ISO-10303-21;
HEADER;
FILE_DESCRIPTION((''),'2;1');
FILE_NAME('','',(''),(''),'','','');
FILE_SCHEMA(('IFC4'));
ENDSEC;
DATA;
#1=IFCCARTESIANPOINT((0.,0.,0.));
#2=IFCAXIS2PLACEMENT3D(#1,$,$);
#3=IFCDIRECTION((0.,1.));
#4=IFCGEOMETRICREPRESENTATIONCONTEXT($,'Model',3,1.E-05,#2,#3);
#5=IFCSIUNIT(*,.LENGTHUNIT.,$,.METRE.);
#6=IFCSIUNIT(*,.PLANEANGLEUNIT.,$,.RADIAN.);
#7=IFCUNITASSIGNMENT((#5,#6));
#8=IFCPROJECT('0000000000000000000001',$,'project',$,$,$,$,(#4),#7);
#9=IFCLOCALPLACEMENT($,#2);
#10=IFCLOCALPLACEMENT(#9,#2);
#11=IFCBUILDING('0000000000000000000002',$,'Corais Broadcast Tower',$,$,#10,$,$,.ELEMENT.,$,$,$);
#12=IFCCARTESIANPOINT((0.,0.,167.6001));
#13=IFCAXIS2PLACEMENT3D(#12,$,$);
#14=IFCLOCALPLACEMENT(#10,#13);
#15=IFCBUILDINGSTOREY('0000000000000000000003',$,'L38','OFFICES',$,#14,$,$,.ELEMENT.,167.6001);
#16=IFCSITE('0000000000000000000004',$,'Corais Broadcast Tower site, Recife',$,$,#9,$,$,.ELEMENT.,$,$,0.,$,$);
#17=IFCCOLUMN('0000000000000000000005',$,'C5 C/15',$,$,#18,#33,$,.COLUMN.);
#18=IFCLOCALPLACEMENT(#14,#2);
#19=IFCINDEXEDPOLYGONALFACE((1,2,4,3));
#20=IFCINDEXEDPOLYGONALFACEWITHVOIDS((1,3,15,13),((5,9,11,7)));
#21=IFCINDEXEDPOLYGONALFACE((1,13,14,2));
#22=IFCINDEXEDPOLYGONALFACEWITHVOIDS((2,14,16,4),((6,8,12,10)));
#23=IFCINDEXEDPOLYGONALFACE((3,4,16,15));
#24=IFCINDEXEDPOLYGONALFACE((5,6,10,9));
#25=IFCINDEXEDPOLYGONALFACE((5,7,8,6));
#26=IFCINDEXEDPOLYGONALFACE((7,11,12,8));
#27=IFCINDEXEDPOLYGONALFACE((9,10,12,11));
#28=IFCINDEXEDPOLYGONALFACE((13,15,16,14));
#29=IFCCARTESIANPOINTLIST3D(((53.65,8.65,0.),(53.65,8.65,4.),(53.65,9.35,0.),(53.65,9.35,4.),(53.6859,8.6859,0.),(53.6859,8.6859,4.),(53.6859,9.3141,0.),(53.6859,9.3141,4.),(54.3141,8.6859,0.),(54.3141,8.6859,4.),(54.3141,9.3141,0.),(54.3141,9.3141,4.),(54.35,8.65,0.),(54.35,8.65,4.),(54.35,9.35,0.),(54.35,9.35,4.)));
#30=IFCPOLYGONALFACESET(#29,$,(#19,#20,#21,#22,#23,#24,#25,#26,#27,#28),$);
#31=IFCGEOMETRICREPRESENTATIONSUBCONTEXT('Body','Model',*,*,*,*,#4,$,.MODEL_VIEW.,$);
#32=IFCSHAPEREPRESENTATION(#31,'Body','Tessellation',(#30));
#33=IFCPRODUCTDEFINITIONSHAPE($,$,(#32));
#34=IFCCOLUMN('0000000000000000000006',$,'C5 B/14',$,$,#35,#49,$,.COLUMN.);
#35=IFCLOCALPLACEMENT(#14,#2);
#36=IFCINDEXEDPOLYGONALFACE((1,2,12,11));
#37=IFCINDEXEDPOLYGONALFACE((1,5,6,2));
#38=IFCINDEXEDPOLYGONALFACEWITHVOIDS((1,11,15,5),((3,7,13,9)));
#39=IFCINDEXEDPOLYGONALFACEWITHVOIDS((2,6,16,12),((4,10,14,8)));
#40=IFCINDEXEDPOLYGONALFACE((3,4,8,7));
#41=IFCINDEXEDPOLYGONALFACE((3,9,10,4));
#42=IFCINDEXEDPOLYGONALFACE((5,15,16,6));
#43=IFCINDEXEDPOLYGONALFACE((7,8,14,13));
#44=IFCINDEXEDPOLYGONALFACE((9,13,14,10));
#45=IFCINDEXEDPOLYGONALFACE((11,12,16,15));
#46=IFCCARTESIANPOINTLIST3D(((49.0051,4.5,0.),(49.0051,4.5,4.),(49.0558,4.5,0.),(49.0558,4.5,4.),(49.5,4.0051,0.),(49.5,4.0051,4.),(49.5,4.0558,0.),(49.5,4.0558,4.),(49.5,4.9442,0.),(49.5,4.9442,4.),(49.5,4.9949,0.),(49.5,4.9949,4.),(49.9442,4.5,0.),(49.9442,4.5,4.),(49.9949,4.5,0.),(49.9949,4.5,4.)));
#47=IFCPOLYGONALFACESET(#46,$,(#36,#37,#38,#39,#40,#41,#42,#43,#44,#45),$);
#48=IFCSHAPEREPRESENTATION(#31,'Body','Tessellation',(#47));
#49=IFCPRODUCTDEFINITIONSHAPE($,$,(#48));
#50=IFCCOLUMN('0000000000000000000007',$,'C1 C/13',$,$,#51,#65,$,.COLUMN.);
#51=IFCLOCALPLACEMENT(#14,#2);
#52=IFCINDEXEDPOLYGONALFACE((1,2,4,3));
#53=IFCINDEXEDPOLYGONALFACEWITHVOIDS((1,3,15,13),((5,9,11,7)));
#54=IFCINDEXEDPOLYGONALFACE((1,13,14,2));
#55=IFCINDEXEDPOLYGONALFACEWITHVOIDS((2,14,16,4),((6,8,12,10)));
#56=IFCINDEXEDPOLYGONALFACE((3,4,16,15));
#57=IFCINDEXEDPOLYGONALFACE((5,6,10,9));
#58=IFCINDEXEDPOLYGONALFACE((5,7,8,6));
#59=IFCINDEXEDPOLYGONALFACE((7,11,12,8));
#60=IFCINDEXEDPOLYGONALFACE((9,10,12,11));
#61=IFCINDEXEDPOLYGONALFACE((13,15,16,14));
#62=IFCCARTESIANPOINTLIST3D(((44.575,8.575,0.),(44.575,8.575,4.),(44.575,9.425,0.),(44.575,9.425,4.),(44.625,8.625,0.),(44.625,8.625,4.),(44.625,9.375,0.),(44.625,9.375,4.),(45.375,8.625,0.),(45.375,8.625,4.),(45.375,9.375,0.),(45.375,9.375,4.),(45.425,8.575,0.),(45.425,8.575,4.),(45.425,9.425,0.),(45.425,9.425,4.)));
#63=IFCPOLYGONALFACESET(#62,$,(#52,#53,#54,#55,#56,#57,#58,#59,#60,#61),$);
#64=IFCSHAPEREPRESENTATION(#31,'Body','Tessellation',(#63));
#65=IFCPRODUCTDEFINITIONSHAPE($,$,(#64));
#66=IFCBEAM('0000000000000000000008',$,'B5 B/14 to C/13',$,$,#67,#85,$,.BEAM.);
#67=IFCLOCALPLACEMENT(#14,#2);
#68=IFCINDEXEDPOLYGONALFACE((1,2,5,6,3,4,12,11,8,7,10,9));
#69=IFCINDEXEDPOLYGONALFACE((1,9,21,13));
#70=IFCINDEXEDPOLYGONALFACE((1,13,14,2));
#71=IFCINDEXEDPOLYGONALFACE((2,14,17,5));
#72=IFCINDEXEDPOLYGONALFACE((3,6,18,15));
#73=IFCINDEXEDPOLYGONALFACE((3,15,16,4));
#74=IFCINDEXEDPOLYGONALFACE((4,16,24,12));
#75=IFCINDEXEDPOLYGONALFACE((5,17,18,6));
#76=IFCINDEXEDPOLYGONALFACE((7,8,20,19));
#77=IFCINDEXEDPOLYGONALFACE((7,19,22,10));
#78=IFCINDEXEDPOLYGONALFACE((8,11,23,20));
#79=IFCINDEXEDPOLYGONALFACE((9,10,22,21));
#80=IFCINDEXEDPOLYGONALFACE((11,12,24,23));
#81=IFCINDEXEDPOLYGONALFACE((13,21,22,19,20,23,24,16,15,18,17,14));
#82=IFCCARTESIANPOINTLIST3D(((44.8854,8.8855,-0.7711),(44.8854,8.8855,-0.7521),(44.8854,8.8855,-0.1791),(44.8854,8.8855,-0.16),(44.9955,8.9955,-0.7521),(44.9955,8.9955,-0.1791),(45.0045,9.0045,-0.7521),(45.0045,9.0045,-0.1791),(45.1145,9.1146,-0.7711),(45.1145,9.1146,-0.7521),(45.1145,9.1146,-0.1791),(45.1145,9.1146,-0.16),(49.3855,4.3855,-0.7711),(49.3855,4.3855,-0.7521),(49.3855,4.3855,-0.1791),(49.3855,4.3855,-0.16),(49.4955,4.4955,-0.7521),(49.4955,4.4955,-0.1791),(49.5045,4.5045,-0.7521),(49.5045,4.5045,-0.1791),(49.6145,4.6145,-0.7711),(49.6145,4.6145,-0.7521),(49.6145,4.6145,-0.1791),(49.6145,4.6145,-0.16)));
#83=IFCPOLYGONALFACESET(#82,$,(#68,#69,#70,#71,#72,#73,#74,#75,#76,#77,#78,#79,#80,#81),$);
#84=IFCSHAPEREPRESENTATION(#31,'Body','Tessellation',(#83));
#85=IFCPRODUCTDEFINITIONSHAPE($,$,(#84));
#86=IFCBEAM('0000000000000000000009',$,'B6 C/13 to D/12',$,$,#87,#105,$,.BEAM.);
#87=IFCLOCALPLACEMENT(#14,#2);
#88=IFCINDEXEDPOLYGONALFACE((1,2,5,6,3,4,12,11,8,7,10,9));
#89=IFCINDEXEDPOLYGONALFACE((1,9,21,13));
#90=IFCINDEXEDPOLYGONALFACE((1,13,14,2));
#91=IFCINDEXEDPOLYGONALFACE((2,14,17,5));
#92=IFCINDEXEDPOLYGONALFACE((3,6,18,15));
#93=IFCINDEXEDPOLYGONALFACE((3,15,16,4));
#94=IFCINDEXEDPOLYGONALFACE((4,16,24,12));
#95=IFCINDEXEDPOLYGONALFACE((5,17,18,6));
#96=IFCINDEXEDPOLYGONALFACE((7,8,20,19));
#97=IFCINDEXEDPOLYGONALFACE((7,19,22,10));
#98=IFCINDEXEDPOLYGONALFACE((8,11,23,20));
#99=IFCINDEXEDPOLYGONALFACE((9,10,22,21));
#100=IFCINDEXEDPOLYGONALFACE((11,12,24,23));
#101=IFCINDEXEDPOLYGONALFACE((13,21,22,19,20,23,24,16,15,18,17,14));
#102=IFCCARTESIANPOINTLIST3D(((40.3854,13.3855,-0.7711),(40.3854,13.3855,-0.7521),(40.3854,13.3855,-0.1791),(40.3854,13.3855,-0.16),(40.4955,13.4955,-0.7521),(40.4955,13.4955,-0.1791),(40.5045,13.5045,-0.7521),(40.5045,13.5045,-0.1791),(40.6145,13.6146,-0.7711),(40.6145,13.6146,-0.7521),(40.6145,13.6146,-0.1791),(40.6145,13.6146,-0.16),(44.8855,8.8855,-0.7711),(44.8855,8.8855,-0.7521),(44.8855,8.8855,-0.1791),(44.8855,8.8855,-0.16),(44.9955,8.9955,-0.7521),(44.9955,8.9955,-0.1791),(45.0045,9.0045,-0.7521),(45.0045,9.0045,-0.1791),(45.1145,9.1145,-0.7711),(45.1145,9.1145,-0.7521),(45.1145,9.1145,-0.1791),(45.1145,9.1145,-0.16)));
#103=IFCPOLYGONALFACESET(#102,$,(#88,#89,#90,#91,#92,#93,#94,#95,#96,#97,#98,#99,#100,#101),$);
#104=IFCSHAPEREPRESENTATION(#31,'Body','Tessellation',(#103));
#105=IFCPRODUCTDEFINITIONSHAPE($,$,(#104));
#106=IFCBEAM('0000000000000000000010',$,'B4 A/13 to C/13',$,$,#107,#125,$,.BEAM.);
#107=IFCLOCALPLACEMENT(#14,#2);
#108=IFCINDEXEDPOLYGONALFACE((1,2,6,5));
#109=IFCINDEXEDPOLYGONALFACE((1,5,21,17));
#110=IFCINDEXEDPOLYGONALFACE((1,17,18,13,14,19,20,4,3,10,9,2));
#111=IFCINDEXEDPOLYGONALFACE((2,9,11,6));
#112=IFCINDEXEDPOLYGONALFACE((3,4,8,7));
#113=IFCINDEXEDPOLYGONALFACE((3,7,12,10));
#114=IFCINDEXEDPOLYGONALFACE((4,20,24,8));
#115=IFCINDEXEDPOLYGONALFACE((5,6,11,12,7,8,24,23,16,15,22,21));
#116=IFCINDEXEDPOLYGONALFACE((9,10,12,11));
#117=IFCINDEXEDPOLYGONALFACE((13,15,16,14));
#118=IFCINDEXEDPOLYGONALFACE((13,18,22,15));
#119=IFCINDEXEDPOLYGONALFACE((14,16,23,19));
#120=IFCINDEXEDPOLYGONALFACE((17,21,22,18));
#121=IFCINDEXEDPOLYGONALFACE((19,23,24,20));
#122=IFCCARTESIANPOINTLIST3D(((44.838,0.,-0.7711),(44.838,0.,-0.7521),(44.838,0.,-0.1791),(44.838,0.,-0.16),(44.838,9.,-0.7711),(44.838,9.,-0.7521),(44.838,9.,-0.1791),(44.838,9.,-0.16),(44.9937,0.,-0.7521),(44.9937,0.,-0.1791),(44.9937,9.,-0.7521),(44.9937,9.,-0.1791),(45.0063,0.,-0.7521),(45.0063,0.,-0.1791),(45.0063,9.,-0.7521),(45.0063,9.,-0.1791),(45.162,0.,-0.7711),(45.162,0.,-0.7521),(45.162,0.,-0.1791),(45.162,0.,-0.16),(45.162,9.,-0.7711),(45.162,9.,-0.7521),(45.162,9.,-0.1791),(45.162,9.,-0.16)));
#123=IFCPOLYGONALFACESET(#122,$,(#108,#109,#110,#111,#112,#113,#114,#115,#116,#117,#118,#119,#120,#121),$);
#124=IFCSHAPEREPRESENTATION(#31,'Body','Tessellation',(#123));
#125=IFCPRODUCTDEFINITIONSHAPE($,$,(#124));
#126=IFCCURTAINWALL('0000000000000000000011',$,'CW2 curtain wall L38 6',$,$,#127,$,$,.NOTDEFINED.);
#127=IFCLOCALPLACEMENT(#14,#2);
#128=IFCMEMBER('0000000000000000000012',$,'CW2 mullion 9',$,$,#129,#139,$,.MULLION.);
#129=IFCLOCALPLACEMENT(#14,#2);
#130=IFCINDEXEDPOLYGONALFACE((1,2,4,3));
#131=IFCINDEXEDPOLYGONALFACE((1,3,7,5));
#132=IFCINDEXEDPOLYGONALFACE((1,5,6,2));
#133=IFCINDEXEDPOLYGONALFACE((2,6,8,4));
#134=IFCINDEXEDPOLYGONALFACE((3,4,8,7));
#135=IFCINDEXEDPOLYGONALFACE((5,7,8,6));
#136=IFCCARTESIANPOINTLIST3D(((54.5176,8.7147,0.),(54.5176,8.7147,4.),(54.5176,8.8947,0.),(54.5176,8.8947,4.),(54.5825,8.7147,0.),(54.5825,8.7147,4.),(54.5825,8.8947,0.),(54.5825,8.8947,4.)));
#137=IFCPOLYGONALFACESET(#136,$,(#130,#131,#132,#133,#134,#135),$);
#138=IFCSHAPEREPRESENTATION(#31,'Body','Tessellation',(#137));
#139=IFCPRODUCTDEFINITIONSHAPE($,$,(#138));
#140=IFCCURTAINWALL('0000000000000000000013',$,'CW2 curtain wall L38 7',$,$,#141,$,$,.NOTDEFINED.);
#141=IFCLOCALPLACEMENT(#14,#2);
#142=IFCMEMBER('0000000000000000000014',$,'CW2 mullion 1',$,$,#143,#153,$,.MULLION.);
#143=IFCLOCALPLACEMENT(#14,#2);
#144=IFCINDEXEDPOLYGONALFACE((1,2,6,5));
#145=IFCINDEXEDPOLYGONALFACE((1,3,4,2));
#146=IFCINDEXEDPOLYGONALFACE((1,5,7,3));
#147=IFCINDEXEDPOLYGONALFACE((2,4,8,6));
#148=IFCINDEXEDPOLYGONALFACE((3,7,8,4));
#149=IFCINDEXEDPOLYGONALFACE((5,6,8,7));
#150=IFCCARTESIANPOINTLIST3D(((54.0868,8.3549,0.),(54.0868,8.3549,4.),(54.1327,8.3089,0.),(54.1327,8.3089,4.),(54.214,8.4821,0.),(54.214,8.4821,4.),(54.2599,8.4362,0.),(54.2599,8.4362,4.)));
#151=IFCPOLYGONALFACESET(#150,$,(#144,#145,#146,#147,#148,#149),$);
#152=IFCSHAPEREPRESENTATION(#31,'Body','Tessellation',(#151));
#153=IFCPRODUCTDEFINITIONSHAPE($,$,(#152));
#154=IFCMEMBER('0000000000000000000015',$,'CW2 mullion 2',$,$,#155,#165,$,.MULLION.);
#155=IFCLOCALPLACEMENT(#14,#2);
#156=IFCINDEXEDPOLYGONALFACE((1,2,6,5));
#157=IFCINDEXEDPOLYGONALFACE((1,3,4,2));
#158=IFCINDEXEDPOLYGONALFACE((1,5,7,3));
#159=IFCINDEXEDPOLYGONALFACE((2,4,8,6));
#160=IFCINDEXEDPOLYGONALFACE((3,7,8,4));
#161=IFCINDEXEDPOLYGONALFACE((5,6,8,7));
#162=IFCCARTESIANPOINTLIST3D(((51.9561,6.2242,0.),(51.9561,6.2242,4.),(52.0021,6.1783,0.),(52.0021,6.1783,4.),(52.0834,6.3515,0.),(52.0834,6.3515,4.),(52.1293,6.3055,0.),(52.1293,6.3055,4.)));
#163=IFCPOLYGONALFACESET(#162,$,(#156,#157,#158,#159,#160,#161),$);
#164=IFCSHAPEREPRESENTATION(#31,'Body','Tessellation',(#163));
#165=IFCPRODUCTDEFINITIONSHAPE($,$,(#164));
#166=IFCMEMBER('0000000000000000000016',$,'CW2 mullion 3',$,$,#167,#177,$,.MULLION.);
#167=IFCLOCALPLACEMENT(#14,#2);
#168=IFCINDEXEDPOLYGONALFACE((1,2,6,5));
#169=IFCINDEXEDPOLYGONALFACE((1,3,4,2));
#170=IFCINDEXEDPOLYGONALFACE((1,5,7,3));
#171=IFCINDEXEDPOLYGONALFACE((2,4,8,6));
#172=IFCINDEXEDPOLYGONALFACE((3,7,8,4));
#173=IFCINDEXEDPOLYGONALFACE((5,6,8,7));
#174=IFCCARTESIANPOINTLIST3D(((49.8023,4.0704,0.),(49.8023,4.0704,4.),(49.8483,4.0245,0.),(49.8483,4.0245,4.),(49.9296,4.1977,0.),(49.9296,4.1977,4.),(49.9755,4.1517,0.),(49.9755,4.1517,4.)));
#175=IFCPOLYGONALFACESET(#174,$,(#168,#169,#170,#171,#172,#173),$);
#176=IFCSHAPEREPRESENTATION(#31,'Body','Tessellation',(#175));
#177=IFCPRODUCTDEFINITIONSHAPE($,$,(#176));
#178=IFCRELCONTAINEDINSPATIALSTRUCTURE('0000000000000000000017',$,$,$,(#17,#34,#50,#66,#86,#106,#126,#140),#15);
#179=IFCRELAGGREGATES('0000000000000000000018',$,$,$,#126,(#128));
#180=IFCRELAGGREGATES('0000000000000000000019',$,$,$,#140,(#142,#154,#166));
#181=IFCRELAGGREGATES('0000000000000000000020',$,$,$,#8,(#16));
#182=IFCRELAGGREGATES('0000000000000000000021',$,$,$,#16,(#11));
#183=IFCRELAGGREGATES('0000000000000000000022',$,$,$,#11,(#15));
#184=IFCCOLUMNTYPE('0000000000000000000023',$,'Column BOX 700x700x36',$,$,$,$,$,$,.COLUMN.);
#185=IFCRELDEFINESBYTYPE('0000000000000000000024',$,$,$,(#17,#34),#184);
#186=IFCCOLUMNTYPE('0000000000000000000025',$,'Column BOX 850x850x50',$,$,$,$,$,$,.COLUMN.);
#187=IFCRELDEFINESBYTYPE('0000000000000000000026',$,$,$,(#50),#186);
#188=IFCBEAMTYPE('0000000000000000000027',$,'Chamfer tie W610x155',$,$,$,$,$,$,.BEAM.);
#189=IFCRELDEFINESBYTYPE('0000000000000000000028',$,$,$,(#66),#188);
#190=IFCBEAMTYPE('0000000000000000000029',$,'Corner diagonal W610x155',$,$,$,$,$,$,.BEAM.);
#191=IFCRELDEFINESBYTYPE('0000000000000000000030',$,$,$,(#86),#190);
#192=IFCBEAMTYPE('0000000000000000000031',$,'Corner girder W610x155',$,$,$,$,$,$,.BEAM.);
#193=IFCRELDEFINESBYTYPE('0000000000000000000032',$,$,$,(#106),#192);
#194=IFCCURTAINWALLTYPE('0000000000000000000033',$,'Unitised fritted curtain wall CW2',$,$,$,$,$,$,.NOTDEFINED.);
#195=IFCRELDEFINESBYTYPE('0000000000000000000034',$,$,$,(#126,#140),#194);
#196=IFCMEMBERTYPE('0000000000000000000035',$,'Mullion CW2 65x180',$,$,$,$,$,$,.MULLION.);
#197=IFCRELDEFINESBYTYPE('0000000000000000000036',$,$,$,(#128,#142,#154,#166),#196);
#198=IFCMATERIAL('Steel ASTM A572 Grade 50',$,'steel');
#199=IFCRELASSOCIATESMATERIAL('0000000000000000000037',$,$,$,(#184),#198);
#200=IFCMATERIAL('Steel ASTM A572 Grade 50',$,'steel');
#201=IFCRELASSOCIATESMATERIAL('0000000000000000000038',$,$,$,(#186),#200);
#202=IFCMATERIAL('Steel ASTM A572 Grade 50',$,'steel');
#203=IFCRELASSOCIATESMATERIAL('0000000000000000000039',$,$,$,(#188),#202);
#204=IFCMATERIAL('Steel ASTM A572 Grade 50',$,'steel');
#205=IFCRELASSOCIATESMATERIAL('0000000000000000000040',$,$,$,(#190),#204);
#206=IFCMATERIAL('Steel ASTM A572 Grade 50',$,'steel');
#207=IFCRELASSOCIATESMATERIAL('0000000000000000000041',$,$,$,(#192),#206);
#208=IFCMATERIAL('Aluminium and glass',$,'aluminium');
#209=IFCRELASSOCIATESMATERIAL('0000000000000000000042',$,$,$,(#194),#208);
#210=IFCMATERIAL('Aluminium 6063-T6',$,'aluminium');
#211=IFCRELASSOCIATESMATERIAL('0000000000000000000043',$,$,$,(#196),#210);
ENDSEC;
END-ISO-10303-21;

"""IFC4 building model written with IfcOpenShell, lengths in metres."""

from ifc_helpers import new_model, si_unit, direction, frame, origin, origin_2d, place, context, subcontext, project, spatial, rectangle, hollow_rectangle, i_section, extrude, material, material_profile, profile_set, type_object, element, aggregate, save


model = new_model("IFC4")

# Units and contexts
model_context = context("Model", 3, precision=1e-05, world=origin(), true_north=direction((0.0, 1.0)))
body_context = subcontext(model_context, "Body", "Model", "MODEL_VIEW")
ifc_project = project(units=[si_unit("LENGTHUNIT", "METRE"), si_unit("PLANEANGLEUNIT", "RADIAN")], contexts=[model_context])

# Site, building, storey
site_placement = place(None, origin())
site = spatial("IfcSite", under=ifc_project, at=site_placement, Name="Corais Broadcast Tower site, Recife", CompositionType="ELEMENT", RefElevation=0.0)
building_placement = place(site_placement, origin())
building = spatial("IfcBuilding", under=site, at=building_placement, Name="Corais Broadcast Tower", CompositionType="ELEMENT")
storey_placement = place(building_placement, frame((0.0, 0.0, 167.6001)))
storey = spatial("IfcBuildingStorey", under=building, at=storey_placement, Name="L38", Description="OFFICES", CompositionType="ELEMENT", Elevation=167.6001)

# Columns
ifc_material_1 = material(Name="Steel ASTM A572 Grade 50", Category="steel")
ifc_material_profile_1 = material_profile(ifc_material_1, hollow_rectangle(XDim=0.7, YDim=0.7, WallThickness=0.0359, at=origin_2d()), Name="BOX 700x700x36")
ifc_profile_set_1 = profile_set([ifc_material_profile_1], Name="Steel ASTM A572 Grade 50")
column_type_1 = type_object("IfcColumnType", Name="Column BOX 700x700x36", PredefinedType="COLUMN", material=ifc_profile_set_1)
for number, where, z_axis, x_axis, name in (
    (1, (54.0, 9.0, 0.0), (0.0, 0.0, 1.0), (1.0, 0.0, 0.0), "C5 C/15"),
    (2, (49.5, 4.5, 0.0), (0.0, 0.0, 1.0), (0.707107, 0.707107, 0.0), "C5 B/14"),
):
    element("IfcColumn", number, at=place(storey_placement, frame(where, z_axis=z_axis, x_axis=x_axis)), inside=storey, type_object=column_type_1, Name=name, PredefinedType="COLUMN", context=body_context, shape_type="SweptSolid", body=[
        extrude(hollow_rectangle(XDim=0.7, YDim=0.7, WallThickness=0.0359, at=origin_2d()), origin(), (0.0, 0.0, 1.0), 4.0),
    ])
ifc_material_2 = material(Name="Steel ASTM A572 Grade 50", Category="steel")
ifc_material_profile_2 = material_profile(ifc_material_2, hollow_rectangle(XDim=0.8501, YDim=0.8501, WallThickness=0.05, at=origin_2d()), Name="BOX 850x850x50")
ifc_profile_set_2 = profile_set([ifc_material_profile_2], Name="Steel ASTM A572 Grade 50")
column_type_2 = type_object("IfcColumnType", Name="Column BOX 850x850x50", PredefinedType="COLUMN", material=ifc_profile_set_2)
column_placement = place(storey_placement, frame((45.0, 9.0, 0.0), z_axis=(0.0, 0.0, 1.0), x_axis=(1.0, 0.0, 0.0)))
element("IfcColumn", 3, at=column_placement, inside=storey, type_object=column_type_2, Name="C1 C/13", PredefinedType="COLUMN", context=body_context, shape_type="SweptSolid", body=[
    extrude(hollow_rectangle(XDim=0.8501, YDim=0.8501, WallThickness=0.05, at=origin_2d()), origin(), (0.0, 0.0, 1.0), 4.0),
])

# Beams
ifc_material_3 = material(Name="Steel ASTM A572 Grade 50", Category="steel")
ifc_material_profile_3 = material_profile(ifc_material_3, i_section(OverallWidth=0.324, OverallDepth=0.6111, WebThickness=0.0127, FlangeThickness=0.019, at=origin_2d()), Name="W610x155")
ifc_profile_set_3 = profile_set([ifc_material_profile_3], Name="Steel ASTM A572 Grade 50")
beam_type_1 = type_object("IfcBeamType", Name="Chamfer tie W610x155", PredefinedType="BEAM", material=ifc_profile_set_3)
beam_1_placement = place(storey_placement, frame((49.5, 4.5, -0.4656), z_axis=(-0.707107, 0.707107, 0.0), x_axis=(-0.707107, -0.707107, 0.0)))
element("IfcBeam", 4, at=beam_1_placement, inside=storey, type_object=beam_type_1, Name="B5 B/14 to C/13", PredefinedType="BEAM", context=body_context, shape_type="SweptSolid", body=[
    extrude(i_section(OverallWidth=0.324, OverallDepth=0.6111, WebThickness=0.0127, FlangeThickness=0.019, at=origin_2d()), origin(), (0.0, 0.0, 1.0), 6.364),
])
ifc_material_4 = material(Name="Steel ASTM A572 Grade 50", Category="steel")
ifc_material_profile_4 = material_profile(ifc_material_4, i_section(OverallWidth=0.324, OverallDepth=0.6111, WebThickness=0.0127, FlangeThickness=0.019, at=origin_2d()), Name="W610x155")
ifc_profile_set_4 = profile_set([ifc_material_profile_4], Name="Steel ASTM A572 Grade 50")
beam_type_2 = type_object("IfcBeamType", Name="Corner diagonal W610x155", PredefinedType="BEAM", material=ifc_profile_set_4)
beam_2_placement = place(storey_placement, frame((45.0, 9.0, -0.4656), z_axis=(-0.707107, 0.707107, 0.0), x_axis=(-0.707107, -0.707107, 0.0)))
element("IfcBeam", 5, at=beam_2_placement, inside=storey, type_object=beam_type_2, Name="B6 C/13 to D/12", PredefinedType="BEAM", context=body_context, shape_type="SweptSolid", body=[
    extrude(i_section(OverallWidth=0.324, OverallDepth=0.6111, WebThickness=0.0127, FlangeThickness=0.019, at=origin_2d()), origin(), (0.0, 0.0, 1.0), 6.364),
])
ifc_material_5 = material(Name="Steel ASTM A572 Grade 50", Category="steel")
ifc_material_profile_5 = material_profile(ifc_material_5, i_section(OverallWidth=0.324, OverallDepth=0.6111, WebThickness=0.0127, FlangeThickness=0.019, at=origin_2d()), Name="W610x155")
ifc_profile_set_5 = profile_set([ifc_material_profile_5], Name="Steel ASTM A572 Grade 50")
beam_type_3 = type_object("IfcBeamType", Name="Corner girder W610x155", PredefinedType="BEAM", material=ifc_profile_set_5)
beam_3_placement = place(storey_placement, frame((45.0, 0.0, -0.4656), z_axis=(0.0, 1.0, 0.0), x_axis=(-1.0, 0.0, 0.0)))
element("IfcBeam", 6, at=beam_3_placement, inside=storey, type_object=beam_type_3, Name="B4 A/13 to C/13", PredefinedType="BEAM", context=body_context, shape_type="SweptSolid", body=[
    extrude(i_section(OverallWidth=0.324, OverallDepth=0.6111, WebThickness=0.0127, FlangeThickness=0.019, at=origin_2d()), origin(), (0.0, 0.0, 1.0), 9.0),
])

# Curtain wall, member
ifc_material_6 = material(Name="Aluminium and glass", Category="aluminium")
curtain_wall_type = type_object("IfcCurtainWallType", Name="Unitised fritted curtain wall CW2", PredefinedType="NOTDEFINED", material=ifc_material_6)
curtain_wall_1_placement = place(storey_placement, origin())
curtain_wall_1 = element("IfcCurtainWall", 7, at=curtain_wall_1_placement, inside=storey, type_object=curtain_wall_type, Name="CW2 curtain wall L38 6", PredefinedType="NOTDEFINED")
ifc_material_7 = material(Name="Aluminium 6063-T6", Category="aluminium")
ifc_material_profile_6 = material_profile(ifc_material_7, rectangle(XDim=0.0649, YDim=0.1799, at=origin_2d()), Name="Mullion CW2 65x180")
ifc_profile_set_6 = profile_set([ifc_material_profile_6], Name="Aluminium 6063-T6")
member_type_1 = type_object("IfcMemberType", Name="Mullion CW2 65x180", PredefinedType="MULLION", material=ifc_profile_set_6)
member_1_placement = place(storey_placement, frame((54.55, 8.8047, 0.0), z_axis=(0.0, 0.0, 1.0), x_axis=(1.0, 0.0, 0.0)))
member_1 = element("IfcMember", 8, at=member_1_placement, type_object=member_type_1, Name="CW2 mullion 9", PredefinedType="MULLION", context=body_context, shape_type="SweptSolid", body=[
    extrude(rectangle(XDim=0.0649, YDim=0.1799, at=origin_2d()), origin(), (0.0, 0.0, 1.0), 4.0),
])
aggregate(curtain_wall_1, [member_1])

# Curtain wall, members
curtain_wall_2_placement = place(storey_placement, origin())
curtain_wall_2 = element("IfcCurtainWall", 9, at=curtain_wall_2_placement, inside=storey, type_object=curtain_wall_type, Name="CW2 curtain wall L38 7", PredefinedType="NOTDEFINED")
member_2_placement = place(storey_placement, frame((54.1733, 8.3955, 0.0), z_axis=(0.0, 0.0, 1.0), x_axis=(0.707107, -0.707107, 0.0)))
member_2 = element("IfcMember", 10, at=member_2_placement, type_object=member_type_1, Name="CW2 mullion 1", PredefinedType="MULLION", context=body_context, shape_type="SweptSolid", body=[
    extrude(rectangle(XDim=0.0649, YDim=0.1799, at=origin_2d()), origin(), (0.0, 0.0, 1.0), 4.0),
])
member_3_placement = place(storey_placement, frame((52.0427, 6.2649, 0.0), z_axis=(0.0, 0.0, 1.0), x_axis=(0.707107, -0.707107, 0.0)))
member_3 = element("IfcMember", 11, at=member_3_placement, type_object=member_type_1, Name="CW2 mullion 2", PredefinedType="MULLION", context=body_context, shape_type="SweptSolid", body=[
    extrude(rectangle(XDim=0.0649, YDim=0.1799, at=origin_2d()), origin(), (0.0, 0.0, 1.0), 4.0),
])
member_4_placement = place(storey_placement, frame((49.8889, 4.1111, 0.0), z_axis=(0.0, 0.0, 1.0), x_axis=(0.707107, -0.707107, 0.0)))
member_4 = element("IfcMember", 12, at=member_4_placement, type_object=member_type_1, Name="CW2 mullion 3", PredefinedType="MULLION", context=body_context, shape_type="SweptSolid", body=[
    extrude(rectangle(XDim=0.0649, YDim=0.1799, at=origin_2d()), origin(), (0.0, 0.0, 1.0), 4.0),
])

aggregate(curtain_wall_2, [member_2, member_3, member_4])

save(model, "model.ifc")
